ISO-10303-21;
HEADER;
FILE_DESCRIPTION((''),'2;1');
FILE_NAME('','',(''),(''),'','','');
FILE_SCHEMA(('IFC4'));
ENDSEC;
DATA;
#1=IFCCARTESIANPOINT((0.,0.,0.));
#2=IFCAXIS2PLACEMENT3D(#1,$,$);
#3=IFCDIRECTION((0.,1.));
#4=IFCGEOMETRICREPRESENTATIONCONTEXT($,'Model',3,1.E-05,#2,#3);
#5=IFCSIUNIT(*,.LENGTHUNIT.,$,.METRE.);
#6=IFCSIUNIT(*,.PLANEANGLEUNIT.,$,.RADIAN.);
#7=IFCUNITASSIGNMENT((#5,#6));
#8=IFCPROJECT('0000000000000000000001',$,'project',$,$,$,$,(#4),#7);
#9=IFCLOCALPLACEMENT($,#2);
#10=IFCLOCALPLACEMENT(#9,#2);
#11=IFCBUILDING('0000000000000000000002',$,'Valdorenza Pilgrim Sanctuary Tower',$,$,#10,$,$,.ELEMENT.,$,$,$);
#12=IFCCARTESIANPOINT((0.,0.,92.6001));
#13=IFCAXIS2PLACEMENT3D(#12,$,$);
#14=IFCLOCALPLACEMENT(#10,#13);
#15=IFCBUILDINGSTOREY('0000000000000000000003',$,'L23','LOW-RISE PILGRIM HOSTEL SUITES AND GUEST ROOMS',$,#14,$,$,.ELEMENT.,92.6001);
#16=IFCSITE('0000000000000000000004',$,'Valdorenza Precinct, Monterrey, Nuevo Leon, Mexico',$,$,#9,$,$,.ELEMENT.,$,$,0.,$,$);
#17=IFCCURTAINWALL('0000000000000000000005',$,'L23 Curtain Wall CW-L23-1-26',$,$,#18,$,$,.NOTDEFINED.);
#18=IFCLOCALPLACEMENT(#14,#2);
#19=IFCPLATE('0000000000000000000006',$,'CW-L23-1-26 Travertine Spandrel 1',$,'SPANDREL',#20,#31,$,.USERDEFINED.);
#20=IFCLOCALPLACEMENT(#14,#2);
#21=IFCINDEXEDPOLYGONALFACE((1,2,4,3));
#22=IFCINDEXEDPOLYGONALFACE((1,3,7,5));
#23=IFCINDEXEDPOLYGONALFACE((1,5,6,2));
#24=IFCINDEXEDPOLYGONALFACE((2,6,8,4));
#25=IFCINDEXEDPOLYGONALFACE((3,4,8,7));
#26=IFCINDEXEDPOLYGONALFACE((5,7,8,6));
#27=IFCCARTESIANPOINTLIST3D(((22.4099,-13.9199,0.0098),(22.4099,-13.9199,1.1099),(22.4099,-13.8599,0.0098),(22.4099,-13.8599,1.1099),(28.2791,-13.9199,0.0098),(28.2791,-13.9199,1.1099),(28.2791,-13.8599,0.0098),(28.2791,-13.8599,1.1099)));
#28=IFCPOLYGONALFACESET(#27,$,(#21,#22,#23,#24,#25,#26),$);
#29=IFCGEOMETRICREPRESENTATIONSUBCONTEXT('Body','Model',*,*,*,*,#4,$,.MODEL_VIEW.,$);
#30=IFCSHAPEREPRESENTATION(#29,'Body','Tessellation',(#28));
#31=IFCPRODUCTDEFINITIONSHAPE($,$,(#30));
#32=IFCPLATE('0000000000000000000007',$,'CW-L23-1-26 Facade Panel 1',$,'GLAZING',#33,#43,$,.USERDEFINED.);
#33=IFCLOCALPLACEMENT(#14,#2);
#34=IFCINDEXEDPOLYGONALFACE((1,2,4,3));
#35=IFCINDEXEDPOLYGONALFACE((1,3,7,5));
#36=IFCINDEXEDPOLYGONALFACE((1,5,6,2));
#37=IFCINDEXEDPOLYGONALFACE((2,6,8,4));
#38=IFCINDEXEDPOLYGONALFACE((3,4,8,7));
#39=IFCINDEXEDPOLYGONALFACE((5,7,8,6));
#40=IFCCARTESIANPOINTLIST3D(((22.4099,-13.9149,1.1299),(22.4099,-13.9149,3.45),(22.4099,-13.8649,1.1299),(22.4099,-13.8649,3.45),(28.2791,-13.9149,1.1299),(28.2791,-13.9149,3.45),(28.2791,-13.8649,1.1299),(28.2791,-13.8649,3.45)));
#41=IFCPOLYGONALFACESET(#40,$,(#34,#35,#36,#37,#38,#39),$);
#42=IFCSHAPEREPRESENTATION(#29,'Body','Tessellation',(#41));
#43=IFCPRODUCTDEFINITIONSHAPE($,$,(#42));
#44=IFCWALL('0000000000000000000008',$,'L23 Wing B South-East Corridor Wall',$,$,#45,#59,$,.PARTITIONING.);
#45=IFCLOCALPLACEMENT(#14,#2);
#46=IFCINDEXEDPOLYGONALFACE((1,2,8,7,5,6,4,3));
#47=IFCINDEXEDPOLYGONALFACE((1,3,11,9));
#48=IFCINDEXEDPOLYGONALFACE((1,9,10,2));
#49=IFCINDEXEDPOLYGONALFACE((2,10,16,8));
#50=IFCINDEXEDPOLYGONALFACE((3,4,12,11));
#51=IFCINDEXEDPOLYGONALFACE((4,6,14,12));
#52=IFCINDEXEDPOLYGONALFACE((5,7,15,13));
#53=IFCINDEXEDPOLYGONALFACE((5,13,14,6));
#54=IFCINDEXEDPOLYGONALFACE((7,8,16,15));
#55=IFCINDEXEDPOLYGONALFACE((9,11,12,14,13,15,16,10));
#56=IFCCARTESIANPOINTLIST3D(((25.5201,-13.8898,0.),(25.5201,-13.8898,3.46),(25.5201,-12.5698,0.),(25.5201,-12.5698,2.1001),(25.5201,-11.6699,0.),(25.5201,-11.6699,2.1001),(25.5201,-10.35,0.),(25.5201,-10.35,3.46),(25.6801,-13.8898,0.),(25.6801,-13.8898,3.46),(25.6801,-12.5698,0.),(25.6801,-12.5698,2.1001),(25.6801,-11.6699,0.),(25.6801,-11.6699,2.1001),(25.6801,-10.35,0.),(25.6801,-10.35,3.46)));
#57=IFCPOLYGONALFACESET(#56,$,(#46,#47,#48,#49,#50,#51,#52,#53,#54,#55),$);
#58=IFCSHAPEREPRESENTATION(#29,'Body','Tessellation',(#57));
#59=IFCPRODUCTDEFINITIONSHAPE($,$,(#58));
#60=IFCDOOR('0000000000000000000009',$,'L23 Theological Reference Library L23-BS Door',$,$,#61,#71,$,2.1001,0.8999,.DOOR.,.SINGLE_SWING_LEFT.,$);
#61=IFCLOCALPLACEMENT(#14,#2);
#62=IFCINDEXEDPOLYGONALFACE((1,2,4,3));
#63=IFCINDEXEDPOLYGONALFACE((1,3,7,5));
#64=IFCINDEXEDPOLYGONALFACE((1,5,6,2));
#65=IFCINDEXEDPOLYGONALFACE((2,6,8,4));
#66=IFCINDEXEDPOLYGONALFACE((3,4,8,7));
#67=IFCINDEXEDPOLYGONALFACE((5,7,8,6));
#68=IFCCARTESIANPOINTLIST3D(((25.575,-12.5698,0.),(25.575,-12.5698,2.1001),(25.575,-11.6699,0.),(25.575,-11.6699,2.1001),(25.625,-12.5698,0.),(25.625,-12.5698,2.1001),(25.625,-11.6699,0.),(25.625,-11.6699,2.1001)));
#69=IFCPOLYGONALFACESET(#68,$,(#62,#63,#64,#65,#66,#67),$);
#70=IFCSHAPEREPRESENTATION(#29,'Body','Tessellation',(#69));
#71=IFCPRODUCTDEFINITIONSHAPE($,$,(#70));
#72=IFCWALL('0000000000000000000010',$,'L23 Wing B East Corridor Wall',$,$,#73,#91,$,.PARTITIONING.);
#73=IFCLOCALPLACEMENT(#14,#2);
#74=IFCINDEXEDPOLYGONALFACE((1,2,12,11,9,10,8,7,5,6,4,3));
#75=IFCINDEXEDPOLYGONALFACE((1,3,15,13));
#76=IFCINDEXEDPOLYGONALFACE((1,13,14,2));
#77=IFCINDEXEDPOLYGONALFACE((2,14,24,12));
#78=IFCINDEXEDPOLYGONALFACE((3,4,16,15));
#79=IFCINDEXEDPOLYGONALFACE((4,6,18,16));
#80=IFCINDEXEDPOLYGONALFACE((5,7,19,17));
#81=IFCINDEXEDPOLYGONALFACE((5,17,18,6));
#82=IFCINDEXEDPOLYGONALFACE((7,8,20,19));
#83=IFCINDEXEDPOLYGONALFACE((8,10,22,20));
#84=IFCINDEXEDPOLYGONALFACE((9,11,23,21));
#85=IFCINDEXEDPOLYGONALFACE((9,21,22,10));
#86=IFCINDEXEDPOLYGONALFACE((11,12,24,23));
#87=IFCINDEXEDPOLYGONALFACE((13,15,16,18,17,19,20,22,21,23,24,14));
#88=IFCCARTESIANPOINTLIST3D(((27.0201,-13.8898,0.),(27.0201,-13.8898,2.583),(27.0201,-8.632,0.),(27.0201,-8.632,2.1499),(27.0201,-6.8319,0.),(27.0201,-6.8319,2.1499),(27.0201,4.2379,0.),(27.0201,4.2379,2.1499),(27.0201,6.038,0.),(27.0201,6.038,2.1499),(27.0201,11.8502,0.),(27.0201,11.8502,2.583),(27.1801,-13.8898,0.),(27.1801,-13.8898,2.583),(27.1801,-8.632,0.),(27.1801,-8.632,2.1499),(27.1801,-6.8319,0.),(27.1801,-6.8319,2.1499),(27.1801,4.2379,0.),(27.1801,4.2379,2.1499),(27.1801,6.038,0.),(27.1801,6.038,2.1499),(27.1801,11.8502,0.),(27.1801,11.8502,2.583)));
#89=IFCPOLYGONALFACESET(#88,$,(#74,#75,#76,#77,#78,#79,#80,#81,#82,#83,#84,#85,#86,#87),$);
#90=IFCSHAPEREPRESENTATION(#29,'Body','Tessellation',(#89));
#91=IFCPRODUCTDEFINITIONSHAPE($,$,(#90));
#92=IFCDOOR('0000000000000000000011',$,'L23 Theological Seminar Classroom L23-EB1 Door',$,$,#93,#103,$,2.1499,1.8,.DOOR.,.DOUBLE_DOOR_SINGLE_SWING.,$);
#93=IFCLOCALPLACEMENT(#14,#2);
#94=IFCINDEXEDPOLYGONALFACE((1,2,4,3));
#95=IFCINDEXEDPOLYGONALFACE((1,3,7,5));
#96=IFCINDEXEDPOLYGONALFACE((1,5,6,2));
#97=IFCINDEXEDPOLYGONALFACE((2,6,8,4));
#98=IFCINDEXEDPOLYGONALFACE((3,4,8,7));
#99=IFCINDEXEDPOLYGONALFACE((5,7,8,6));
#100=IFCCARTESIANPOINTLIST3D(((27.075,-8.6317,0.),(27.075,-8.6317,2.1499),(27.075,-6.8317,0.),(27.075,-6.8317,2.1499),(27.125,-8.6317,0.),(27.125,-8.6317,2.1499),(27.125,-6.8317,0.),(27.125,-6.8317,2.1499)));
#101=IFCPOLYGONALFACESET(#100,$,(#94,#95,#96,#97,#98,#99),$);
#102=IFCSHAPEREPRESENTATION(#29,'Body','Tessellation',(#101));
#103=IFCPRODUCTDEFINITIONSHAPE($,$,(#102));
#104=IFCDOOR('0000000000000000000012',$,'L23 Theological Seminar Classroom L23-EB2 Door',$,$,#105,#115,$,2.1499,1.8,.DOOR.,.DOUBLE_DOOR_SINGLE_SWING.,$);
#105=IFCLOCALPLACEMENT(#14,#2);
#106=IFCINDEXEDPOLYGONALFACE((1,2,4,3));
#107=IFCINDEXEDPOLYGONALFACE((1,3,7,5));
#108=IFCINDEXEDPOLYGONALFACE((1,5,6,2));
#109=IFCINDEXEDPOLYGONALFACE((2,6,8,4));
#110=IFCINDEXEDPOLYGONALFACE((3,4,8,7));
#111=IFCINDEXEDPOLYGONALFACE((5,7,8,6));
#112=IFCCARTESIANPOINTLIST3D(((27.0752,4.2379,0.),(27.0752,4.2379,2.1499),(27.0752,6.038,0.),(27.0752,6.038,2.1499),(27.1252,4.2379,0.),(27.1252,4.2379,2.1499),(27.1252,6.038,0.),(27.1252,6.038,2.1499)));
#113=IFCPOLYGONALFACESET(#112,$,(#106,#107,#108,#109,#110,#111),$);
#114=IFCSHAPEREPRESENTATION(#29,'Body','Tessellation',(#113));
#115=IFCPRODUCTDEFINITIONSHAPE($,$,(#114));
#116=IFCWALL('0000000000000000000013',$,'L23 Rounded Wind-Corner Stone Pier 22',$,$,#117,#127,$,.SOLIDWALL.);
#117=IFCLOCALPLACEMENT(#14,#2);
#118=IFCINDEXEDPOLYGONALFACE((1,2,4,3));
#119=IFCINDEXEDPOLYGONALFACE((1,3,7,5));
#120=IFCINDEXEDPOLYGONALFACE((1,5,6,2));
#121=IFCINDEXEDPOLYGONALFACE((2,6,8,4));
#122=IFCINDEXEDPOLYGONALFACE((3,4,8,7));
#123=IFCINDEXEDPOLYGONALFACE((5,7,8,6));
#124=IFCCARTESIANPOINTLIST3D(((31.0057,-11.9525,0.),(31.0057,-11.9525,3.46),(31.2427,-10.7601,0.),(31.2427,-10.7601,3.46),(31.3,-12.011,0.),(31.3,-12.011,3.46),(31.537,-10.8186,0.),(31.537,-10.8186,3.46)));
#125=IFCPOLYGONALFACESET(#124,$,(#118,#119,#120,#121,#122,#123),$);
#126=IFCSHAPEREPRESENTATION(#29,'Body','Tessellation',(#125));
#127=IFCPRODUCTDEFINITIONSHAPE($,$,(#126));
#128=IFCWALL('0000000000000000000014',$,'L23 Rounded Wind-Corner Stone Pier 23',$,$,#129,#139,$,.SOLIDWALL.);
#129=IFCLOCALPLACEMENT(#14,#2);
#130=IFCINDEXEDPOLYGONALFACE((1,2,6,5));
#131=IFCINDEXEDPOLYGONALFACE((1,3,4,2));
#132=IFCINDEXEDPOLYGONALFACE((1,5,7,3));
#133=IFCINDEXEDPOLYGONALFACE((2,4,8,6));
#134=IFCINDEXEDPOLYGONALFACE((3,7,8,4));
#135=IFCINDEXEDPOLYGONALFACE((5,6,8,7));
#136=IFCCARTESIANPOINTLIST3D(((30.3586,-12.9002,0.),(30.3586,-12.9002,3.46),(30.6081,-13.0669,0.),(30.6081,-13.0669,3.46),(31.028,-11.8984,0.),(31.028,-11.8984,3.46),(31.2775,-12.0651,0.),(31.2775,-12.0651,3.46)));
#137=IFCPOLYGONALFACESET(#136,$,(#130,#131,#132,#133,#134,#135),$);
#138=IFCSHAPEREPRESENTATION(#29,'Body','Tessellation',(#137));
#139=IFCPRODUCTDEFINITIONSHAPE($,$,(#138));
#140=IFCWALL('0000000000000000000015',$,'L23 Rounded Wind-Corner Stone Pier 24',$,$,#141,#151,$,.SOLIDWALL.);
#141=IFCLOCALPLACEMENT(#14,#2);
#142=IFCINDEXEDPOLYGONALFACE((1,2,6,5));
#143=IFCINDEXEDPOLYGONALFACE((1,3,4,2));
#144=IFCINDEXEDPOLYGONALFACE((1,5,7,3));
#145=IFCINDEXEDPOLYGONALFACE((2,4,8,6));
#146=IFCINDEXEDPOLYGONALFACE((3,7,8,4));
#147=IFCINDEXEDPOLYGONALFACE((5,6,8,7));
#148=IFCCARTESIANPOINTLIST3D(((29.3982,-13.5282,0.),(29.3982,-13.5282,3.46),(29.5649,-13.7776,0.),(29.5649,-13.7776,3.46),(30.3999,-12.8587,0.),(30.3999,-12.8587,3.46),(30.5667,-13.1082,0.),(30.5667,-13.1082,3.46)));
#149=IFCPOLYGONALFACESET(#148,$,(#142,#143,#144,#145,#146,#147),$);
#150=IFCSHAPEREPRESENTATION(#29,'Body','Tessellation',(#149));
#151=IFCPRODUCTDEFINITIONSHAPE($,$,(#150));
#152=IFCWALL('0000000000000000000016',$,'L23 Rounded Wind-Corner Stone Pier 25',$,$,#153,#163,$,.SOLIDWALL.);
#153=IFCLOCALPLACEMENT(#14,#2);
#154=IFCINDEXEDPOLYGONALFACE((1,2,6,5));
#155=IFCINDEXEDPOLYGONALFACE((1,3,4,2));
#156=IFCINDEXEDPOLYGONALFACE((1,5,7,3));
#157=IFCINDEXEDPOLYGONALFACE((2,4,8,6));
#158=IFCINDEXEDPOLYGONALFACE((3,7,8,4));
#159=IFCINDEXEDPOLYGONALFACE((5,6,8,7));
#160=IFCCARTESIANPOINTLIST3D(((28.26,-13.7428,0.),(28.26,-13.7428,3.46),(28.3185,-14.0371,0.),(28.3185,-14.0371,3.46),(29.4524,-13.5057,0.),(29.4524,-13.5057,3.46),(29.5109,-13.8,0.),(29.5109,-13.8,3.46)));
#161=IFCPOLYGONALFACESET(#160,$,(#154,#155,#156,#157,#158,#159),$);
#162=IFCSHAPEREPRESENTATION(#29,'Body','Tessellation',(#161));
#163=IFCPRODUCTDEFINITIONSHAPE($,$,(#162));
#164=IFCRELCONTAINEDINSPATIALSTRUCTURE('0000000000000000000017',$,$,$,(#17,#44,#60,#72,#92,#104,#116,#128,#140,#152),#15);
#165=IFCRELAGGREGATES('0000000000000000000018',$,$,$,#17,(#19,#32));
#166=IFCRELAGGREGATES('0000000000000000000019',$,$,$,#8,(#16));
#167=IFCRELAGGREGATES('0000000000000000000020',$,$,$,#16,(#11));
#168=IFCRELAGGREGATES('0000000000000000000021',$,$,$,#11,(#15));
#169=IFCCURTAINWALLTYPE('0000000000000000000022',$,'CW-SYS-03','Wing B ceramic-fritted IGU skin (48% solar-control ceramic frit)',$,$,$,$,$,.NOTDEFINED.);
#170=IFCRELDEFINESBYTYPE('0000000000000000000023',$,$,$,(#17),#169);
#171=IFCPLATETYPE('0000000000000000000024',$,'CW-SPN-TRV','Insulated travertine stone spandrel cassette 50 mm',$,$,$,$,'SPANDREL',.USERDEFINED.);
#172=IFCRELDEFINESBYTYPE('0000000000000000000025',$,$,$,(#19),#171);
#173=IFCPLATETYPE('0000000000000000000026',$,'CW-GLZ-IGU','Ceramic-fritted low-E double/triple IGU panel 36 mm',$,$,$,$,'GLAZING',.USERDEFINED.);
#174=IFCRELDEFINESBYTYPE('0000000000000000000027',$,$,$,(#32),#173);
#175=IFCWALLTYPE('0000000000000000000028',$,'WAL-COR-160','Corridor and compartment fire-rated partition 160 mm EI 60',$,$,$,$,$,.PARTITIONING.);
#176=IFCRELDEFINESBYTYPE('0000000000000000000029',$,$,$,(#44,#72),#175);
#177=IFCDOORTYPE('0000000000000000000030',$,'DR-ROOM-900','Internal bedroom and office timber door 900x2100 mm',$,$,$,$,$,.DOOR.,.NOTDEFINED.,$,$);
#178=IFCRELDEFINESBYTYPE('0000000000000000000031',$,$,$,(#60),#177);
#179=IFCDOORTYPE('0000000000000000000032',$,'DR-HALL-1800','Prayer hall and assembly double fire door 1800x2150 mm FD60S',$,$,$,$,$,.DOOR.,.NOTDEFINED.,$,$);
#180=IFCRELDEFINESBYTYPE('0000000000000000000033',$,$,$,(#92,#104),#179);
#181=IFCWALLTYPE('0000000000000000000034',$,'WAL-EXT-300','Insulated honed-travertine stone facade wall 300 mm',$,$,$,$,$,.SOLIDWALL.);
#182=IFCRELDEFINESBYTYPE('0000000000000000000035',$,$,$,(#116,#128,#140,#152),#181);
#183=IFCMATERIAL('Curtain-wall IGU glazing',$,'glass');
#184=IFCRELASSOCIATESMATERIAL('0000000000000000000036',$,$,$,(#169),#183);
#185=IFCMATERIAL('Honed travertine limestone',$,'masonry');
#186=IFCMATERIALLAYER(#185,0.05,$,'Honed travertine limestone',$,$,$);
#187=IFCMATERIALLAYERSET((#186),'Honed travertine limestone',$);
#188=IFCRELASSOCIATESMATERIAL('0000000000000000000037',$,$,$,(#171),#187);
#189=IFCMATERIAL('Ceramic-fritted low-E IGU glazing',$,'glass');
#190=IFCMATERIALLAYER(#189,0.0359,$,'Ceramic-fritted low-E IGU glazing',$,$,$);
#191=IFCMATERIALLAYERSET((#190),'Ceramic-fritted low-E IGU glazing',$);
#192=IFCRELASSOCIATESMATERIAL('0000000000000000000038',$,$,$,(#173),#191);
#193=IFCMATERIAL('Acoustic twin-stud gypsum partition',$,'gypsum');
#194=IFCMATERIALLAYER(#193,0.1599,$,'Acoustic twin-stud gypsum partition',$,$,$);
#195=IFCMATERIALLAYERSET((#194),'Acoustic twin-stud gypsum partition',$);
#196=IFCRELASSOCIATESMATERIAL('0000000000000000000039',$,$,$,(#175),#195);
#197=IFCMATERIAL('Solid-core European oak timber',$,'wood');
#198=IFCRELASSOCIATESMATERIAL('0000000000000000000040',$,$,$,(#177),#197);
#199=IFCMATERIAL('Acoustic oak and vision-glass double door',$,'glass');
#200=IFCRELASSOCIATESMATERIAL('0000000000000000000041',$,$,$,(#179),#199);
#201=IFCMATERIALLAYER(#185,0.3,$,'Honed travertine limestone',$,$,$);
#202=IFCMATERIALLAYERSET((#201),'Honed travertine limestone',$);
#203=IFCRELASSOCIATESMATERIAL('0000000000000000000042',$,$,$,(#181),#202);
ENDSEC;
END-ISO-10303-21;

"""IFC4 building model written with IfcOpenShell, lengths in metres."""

from ifc_helpers import new_model, si_unit, direction, frame, frame_2d, origin, origin_2d, place, context, subcontext, project, spatial, rectangle, extrude, source, transform, mapped, material, layer, layer_set, type_object, element, fill, aggregate, save


model = new_model("IFC4")

# Units and contexts
model_context = context("Model", 3, precision=1e-05, world=origin(), true_north=direction((0.0, 1.0)))
body_context = subcontext(model_context, "Body", "Model", "MODEL_VIEW")
ifc_project = project(units=[si_unit("LENGTHUNIT", "METRE"), si_unit("PLANEANGLEUNIT", "RADIAN")], contexts=[model_context])

# Site, building, storey
site_placement = place(None, origin())
site = spatial("IfcSite", under=ifc_project, at=site_placement, Name="Valdorenza Precinct, Monterrey, Nuevo Leon, Mexico", CompositionType="ELEMENT", RefElevation=0.0)
building_placement = place(site_placement, origin())
building = spatial("IfcBuilding", under=site, at=building_placement, Name="Valdorenza Pilgrim Sanctuary Tower", CompositionType="ELEMENT")
storey_placement = place(building_placement, frame((0.0, 0.0, 92.6001)))
storey = spatial("IfcBuildingStorey", under=building, at=storey_placement, Name="L23", Description="LOW-RISE PILGRIM HOSTEL SUITES AND GUEST ROOMS", CompositionType="ELEMENT", Elevation=92.6001)

# Curtain wall
ifc_material_1 = material(Name="Curtain-wall IGU glazing", Category="glass")
curtain_wall_type = type_object("IfcCurtainWallType", Name="CW-SYS-03", Description="Wing B ceramic-fritted IGU skin (48% solar-control ceramic frit)", PredefinedType="NOTDEFINED", material=ifc_material_1)
curtain_wall_1_placement = place(storey_placement, origin())
curtain_wall_1 = element("IfcCurtainWall", 1, at=curtain_wall_1_placement, inside=storey, type_object=curtain_wall_type, Name="L23 Curtain Wall CW-L23-1-26", PredefinedType="NOTDEFINED")

# Plates
ifc_material_2 = material(Name="Honed travertine limestone", Category="masonry")
ifc_layer_1 = layer(ifc_material_2, 0.05, Name="Honed travertine limestone")
ifc_layer_set_1 = layer_set([ifc_layer_1], Name="Honed travertine limestone")
plate_type_1 = type_object("IfcPlateType", Name="CW-SPN-TRV", Description="Insulated travertine stone spandrel cassette 50 mm", ElementType="SPANDREL", PredefinedType="USERDEFINED", material=ifc_layer_set_1)
ifc_material_3 = material(Name="Ceramic-fritted low-E IGU glazing", Category="glass")
ifc_layer_2 = layer(ifc_material_3, 0.0359, Name="Ceramic-fritted low-E IGU glazing")
ifc_layer_set_2 = layer_set([ifc_layer_2], Name="Ceramic-fritted low-E IGU glazing")
plate_type_2 = type_object("IfcPlateType", Name="CW-GLZ-IGU", Description="Ceramic-fritted low-E double/triple IGU panel 36 mm", ElementType="GLAZING", PredefinedType="USERDEFINED", material=ifc_layer_set_2)
shared_shape_1 = source(origin(), body_context, "Body", "SweptSolid", [
    extrude(rectangle(XDim=5.8691, YDim=0.0601, at=origin_2d()), origin(), (0.0, 0.0, 1.0), 1.1001),
])
plate_1_placement = place(storey_placement, frame((25.3445, -13.8899, 0.0098), z_axis=(0.0, 0.0, 1.0), x_axis=(-1.0, 0.0, 0.0)))
plate_1 = element("IfcPlate", 2, at=plate_1_placement, type_object=plate_type_1, Name="CW-L23-1-26 Travertine Spandrel 1", ObjectType="SPANDREL", PredefinedType="USERDEFINED", context=body_context, shape_type="MappedRepresentation", body=[
    mapped(shared_shape_1, transform((0.0, 0.0, 0.0), x_axis=(1.0, 0.0, 0.0), y_axis=(0.0, 1.0, 0.0), z_axis=(0.0, 0.0, 1.0), scale=1.0)),
])
shared_shape_2 = source(origin(), body_context, "Body", "SweptSolid", [
    extrude(rectangle(XDim=5.8691, YDim=0.05, at=origin_2d()), origin(), (0.0, 0.0, 1.0), 2.3201),
])
plate_2_placement = place(storey_placement, frame((25.3445, -13.8899, 1.1299), z_axis=(0.0, 0.0, 1.0), x_axis=(-1.0, 0.0, 0.0)))
plate_2 = element("IfcPlate", 3, at=plate_2_placement, type_object=plate_type_2, Name="CW-L23-1-26 Facade Panel 1", ObjectType="GLAZING", PredefinedType="USERDEFINED", context=body_context, shape_type="MappedRepresentation", body=[
    mapped(shared_shape_2, transform((0.0, 0.0, 0.0), x_axis=(1.0, 0.0, 0.0), y_axis=(0.0, 1.0, 0.0), z_axis=(0.0, 0.0, 1.0), scale=1.0)),
])
aggregate(curtain_wall_1, [plate_1, plate_2])

# Wall, opening, door
ifc_material_4 = material(Name="Acoustic twin-stud gypsum partition", Category="gypsum")
ifc_layer_3 = layer(ifc_material_4, 0.1599, Name="Acoustic twin-stud gypsum partition")
ifc_layer_set_3 = layer_set([ifc_layer_3], Name="Acoustic twin-stud gypsum partition")
wall_type_1 = type_object("IfcWallType", Name="WAL-COR-160", Description="Corridor and compartment fire-rated partition 160 mm EI 60", PredefinedType="PARTITIONING", material=ifc_layer_set_3)
wall_1_placement = place(storey_placement, frame((25.6001, -13.8899, 0.0), z_axis=(0.0, 0.0, 1.0), x_axis=(0.0, 1.0, 0.0)))
wall_1 = element("IfcWall", 4, at=wall_1_placement, inside=storey, type_object=wall_type_1, Name="L23 Wing B South-East Corridor Wall", PredefinedType="PARTITIONING", context=body_context, shape_type="SweptSolid", body=[
    extrude(rectangle(XDim=3.5398, YDim=0.1599, at=frame_2d((1.77, 0.0))), origin(), (0.0, 0.0, 1.0), 3.46),
])
opening_1_placement = place(wall_1_placement, frame((1.3201, 0.0, 0.0)))
opening_1 = element("IfcOpeningElement", 5, at=opening_1_placement, cuts=wall_1, PredefinedType="OPENING", context=body_context, shape_type="SweptSolid", body=[
    extrude(rectangle(XDim=0.8999, YDim=2.1001, at=frame_2d((0.45, 1.05))), frame((0.0, 0.0947, 0.0), z_axis=(0.0, -1.0, 0.0), x_axis=(1.0, 0.0, 0.0)), (0.0, 0.0, 1.0), 0.1897),
])
ifc_material_5 = material(Name="Solid-core European oak timber", Category="wood")
door_type_1 = type_object("IfcDoorType", Name="DR-ROOM-900", Description="Internal bedroom and office timber door 900x2100 mm", OperationType="NOTDEFINED", PredefinedType="DOOR", material=ifc_material_5)
door_1_placement = place(opening_1_placement, frame((0.8999, 0.0, 0.0), z_axis=(0.0, 0.0, 1.0), x_axis=(-1.0, 0.0, 0.0)))
door_1 = element("IfcDoor", 6, at=door_1_placement, inside=storey, type_object=door_type_1, Name="L23 Theological Reference Library L23-BS Door", OperationType="SINGLE_SWING_LEFT", OverallHeight=2.1001, OverallWidth=0.8999, PredefinedType="DOOR", context=body_context, shape_type="SweptSolid", body=[
    extrude(rectangle(XDim=0.8999, YDim=2.1001, at=frame_2d((0.45, 1.05))), frame((0.0, 0.0249, 0.0), z_axis=(0.0, -1.0, 0.0), x_axis=(1.0, 0.0, 0.0)), (0.0, 0.0, 1.0), 0.05),
])
fill(opening_1, door_1)

# Wall, openings, doors
wall_2_placement = place(storey_placement, frame((27.1001, -13.8899, 0.0), z_axis=(0.0, 0.0, 1.0), x_axis=(0.0, 1.0, 0.0)))
wall_2 = element("IfcWall", 7, at=wall_2_placement, inside=storey, type_object=wall_type_1, Name="L23 Wing B East Corridor Wall", PredefinedType="PARTITIONING", context=body_context, shape_type="SweptSolid", body=[
    extrude(rectangle(XDim=25.74, YDim=0.1599, at=frame_2d((12.8701, 0.0))), origin(), (0.0, 0.0, 1.0), 2.583),
])
opening_2_placement = place(wall_2_placement, frame((5.2581, 0.0, 0.0)))
opening_2 = element("IfcOpeningElement", 8, at=opening_2_placement, cuts=wall_2, PredefinedType="OPENING", context=body_context, shape_type="SweptSolid", body=[
    extrude(rectangle(XDim=1.8, YDim=2.1499, at=frame_2d((0.8999, 1.075))), frame((0.0, 0.0947, 0.0), z_axis=(0.0, -1.0, 0.0), x_axis=(1.0, 0.0, 0.0)), (0.0, 0.0, 1.0), 0.1897),
])
opening_3_placement = place(wall_2_placement, frame((18.1279, 0.0, 0.0)))
opening_3 = element("IfcOpeningElement", 9, at=opening_3_placement, cuts=wall_2, PredefinedType="OPENING", context=body_context, shape_type="SweptSolid", body=[
    extrude(rectangle(XDim=1.8, YDim=2.1499, at=frame_2d((0.8999, 1.075))), frame((0.0, 0.0947, 0.0), z_axis=(0.0, -1.0, 0.0), x_axis=(1.0, 0.0, 0.0)), (0.0, 0.0, 1.0), 0.1897),
])
ifc_material_6 = material(Name="Acoustic oak and vision-glass double door", Category="glass")
door_type_2 = type_object("IfcDoorType", Name="DR-HALL-1800", Description="Prayer hall and assembly double fire door 1800x2150 mm FD60S", OperationType="NOTDEFINED", PredefinedType="DOOR", material=ifc_material_6)
door_2_placement = place(opening_2_placement, frame((1.8, 0.0, 0.0), z_axis=(0.0, 0.0, 1.0), x_axis=(-1.0, 0.0, 0.0)))
door_2 = element("IfcDoor", 10, at=door_2_placement, inside=storey, type_object=door_type_2, Name="L23 Theological Seminar Classroom L23-EB1 Door", OperationType="DOUBLE_DOOR_SINGLE_SWING", OverallHeight=2.1499, OverallWidth=1.8, PredefinedType="DOOR", context=body_context, shape_type="SweptSolid", body=[
    extrude(rectangle(XDim=1.8, YDim=2.1499, at=frame_2d((0.8999, 1.075))), frame((0.0, 0.0249, 0.0), z_axis=(0.0, -1.0, 0.0), x_axis=(1.0, 0.0, 0.0)), (0.0, 0.0, 1.0), 0.05),
])
fill(opening_2, door_2)
door_3_placement = place(opening_3_placement, origin())
door_3 = element("IfcDoor", 11, at=door_3_placement, inside=storey, type_object=door_type_2, Name="L23 Theological Seminar Classroom L23-EB2 Door", OperationType="DOUBLE_DOOR_SINGLE_SWING", OverallHeight=2.1499, OverallWidth=1.8, PredefinedType="DOOR", context=body_context, shape_type="SweptSolid", body=[
    extrude(rectangle(XDim=1.8, YDim=2.1499, at=frame_2d((0.8999, 1.075))), frame((0.0, 0.0249, 0.0), z_axis=(0.0, -1.0, 0.0), x_axis=(1.0, 0.0, 0.0)), (0.0, 0.0, 1.0), 0.05),
])
fill(opening_3, door_3)

# Walls
ifc_layer_4 = layer(ifc_material_2, 0.3, Name="Honed travertine limestone")
ifc_layer_set_4 = layer_set([ifc_layer_4], Name="Honed travertine limestone")
wall_type_2 = type_object("IfcWallType", Name="WAL-EXT-300", Description="Insulated honed-travertine stone facade wall 300 mm", PredefinedType="SOLIDWALL", material=ifc_layer_set_4)
wall_3_placement = place(storey_placement, frame((31.3899, -10.7893, 0.0), z_axis=(0.0, 0.0, 1.0), x_axis=(-0.194996, -0.980804, 0.0)))
element("IfcWall", 12, at=wall_3_placement, inside=storey, type_object=wall_type_2, Name="L23 Rounded Wind-Corner Stone Pier 22", PredefinedType="SOLIDWALL", context=body_context, shape_type="SweptSolid", body=[
    extrude(rectangle(XDim=1.2158, YDim=0.3, at=frame_2d((0.6079, 0.0))), origin(), (0.0, 0.0, 1.0), 3.46),
])
for number, where, z_axis, x_axis, name in (
    (13, (31.1528, -11.9817, 0.0), (0.0, 0.0, 1.0), (-0.555635, -0.831426, 0.0), "L23 Rounded Wind-Corner Stone Pier 23"),
    (14, (30.4834, -12.9834, 0.0), (0.0, 0.0, 1.0), (-0.831426, -0.555635, 0.0), "L23 Rounded Wind-Corner Stone Pier 24"),
):
    element("IfcWall", number, at=place(storey_placement, frame(where, z_axis=z_axis, x_axis=x_axis)), inside=storey, type_object=wall_type_2, Name=name, PredefinedType="SOLIDWALL", context=body_context, shape_type="SweptSolid", body=[
        extrude(rectangle(XDim=1.2048, YDim=0.3, at=frame_2d((0.6025, 0.0))), origin(), (0.0, 0.0, 1.0), 3.46),
    ])
wall_4_placement = place(storey_placement, frame((29.4817, -13.6528, 0.0), z_axis=(0.0, 0.0, 1.0), x_axis=(-0.980804, -0.194996, 0.0)))
element("IfcWall", 15, at=wall_4_placement, inside=storey, type_object=wall_type_2, Name="L23 Rounded Wind-Corner Stone Pier 25", PredefinedType="SOLIDWALL", context=body_context, shape_type="SweptSolid", body=[
    extrude(rectangle(XDim=1.2158, YDim=0.3, at=frame_2d((0.6079, 0.0))), origin(), (0.0, 0.0, 1.0), 3.46),
])

save(model, "model.ifc")
